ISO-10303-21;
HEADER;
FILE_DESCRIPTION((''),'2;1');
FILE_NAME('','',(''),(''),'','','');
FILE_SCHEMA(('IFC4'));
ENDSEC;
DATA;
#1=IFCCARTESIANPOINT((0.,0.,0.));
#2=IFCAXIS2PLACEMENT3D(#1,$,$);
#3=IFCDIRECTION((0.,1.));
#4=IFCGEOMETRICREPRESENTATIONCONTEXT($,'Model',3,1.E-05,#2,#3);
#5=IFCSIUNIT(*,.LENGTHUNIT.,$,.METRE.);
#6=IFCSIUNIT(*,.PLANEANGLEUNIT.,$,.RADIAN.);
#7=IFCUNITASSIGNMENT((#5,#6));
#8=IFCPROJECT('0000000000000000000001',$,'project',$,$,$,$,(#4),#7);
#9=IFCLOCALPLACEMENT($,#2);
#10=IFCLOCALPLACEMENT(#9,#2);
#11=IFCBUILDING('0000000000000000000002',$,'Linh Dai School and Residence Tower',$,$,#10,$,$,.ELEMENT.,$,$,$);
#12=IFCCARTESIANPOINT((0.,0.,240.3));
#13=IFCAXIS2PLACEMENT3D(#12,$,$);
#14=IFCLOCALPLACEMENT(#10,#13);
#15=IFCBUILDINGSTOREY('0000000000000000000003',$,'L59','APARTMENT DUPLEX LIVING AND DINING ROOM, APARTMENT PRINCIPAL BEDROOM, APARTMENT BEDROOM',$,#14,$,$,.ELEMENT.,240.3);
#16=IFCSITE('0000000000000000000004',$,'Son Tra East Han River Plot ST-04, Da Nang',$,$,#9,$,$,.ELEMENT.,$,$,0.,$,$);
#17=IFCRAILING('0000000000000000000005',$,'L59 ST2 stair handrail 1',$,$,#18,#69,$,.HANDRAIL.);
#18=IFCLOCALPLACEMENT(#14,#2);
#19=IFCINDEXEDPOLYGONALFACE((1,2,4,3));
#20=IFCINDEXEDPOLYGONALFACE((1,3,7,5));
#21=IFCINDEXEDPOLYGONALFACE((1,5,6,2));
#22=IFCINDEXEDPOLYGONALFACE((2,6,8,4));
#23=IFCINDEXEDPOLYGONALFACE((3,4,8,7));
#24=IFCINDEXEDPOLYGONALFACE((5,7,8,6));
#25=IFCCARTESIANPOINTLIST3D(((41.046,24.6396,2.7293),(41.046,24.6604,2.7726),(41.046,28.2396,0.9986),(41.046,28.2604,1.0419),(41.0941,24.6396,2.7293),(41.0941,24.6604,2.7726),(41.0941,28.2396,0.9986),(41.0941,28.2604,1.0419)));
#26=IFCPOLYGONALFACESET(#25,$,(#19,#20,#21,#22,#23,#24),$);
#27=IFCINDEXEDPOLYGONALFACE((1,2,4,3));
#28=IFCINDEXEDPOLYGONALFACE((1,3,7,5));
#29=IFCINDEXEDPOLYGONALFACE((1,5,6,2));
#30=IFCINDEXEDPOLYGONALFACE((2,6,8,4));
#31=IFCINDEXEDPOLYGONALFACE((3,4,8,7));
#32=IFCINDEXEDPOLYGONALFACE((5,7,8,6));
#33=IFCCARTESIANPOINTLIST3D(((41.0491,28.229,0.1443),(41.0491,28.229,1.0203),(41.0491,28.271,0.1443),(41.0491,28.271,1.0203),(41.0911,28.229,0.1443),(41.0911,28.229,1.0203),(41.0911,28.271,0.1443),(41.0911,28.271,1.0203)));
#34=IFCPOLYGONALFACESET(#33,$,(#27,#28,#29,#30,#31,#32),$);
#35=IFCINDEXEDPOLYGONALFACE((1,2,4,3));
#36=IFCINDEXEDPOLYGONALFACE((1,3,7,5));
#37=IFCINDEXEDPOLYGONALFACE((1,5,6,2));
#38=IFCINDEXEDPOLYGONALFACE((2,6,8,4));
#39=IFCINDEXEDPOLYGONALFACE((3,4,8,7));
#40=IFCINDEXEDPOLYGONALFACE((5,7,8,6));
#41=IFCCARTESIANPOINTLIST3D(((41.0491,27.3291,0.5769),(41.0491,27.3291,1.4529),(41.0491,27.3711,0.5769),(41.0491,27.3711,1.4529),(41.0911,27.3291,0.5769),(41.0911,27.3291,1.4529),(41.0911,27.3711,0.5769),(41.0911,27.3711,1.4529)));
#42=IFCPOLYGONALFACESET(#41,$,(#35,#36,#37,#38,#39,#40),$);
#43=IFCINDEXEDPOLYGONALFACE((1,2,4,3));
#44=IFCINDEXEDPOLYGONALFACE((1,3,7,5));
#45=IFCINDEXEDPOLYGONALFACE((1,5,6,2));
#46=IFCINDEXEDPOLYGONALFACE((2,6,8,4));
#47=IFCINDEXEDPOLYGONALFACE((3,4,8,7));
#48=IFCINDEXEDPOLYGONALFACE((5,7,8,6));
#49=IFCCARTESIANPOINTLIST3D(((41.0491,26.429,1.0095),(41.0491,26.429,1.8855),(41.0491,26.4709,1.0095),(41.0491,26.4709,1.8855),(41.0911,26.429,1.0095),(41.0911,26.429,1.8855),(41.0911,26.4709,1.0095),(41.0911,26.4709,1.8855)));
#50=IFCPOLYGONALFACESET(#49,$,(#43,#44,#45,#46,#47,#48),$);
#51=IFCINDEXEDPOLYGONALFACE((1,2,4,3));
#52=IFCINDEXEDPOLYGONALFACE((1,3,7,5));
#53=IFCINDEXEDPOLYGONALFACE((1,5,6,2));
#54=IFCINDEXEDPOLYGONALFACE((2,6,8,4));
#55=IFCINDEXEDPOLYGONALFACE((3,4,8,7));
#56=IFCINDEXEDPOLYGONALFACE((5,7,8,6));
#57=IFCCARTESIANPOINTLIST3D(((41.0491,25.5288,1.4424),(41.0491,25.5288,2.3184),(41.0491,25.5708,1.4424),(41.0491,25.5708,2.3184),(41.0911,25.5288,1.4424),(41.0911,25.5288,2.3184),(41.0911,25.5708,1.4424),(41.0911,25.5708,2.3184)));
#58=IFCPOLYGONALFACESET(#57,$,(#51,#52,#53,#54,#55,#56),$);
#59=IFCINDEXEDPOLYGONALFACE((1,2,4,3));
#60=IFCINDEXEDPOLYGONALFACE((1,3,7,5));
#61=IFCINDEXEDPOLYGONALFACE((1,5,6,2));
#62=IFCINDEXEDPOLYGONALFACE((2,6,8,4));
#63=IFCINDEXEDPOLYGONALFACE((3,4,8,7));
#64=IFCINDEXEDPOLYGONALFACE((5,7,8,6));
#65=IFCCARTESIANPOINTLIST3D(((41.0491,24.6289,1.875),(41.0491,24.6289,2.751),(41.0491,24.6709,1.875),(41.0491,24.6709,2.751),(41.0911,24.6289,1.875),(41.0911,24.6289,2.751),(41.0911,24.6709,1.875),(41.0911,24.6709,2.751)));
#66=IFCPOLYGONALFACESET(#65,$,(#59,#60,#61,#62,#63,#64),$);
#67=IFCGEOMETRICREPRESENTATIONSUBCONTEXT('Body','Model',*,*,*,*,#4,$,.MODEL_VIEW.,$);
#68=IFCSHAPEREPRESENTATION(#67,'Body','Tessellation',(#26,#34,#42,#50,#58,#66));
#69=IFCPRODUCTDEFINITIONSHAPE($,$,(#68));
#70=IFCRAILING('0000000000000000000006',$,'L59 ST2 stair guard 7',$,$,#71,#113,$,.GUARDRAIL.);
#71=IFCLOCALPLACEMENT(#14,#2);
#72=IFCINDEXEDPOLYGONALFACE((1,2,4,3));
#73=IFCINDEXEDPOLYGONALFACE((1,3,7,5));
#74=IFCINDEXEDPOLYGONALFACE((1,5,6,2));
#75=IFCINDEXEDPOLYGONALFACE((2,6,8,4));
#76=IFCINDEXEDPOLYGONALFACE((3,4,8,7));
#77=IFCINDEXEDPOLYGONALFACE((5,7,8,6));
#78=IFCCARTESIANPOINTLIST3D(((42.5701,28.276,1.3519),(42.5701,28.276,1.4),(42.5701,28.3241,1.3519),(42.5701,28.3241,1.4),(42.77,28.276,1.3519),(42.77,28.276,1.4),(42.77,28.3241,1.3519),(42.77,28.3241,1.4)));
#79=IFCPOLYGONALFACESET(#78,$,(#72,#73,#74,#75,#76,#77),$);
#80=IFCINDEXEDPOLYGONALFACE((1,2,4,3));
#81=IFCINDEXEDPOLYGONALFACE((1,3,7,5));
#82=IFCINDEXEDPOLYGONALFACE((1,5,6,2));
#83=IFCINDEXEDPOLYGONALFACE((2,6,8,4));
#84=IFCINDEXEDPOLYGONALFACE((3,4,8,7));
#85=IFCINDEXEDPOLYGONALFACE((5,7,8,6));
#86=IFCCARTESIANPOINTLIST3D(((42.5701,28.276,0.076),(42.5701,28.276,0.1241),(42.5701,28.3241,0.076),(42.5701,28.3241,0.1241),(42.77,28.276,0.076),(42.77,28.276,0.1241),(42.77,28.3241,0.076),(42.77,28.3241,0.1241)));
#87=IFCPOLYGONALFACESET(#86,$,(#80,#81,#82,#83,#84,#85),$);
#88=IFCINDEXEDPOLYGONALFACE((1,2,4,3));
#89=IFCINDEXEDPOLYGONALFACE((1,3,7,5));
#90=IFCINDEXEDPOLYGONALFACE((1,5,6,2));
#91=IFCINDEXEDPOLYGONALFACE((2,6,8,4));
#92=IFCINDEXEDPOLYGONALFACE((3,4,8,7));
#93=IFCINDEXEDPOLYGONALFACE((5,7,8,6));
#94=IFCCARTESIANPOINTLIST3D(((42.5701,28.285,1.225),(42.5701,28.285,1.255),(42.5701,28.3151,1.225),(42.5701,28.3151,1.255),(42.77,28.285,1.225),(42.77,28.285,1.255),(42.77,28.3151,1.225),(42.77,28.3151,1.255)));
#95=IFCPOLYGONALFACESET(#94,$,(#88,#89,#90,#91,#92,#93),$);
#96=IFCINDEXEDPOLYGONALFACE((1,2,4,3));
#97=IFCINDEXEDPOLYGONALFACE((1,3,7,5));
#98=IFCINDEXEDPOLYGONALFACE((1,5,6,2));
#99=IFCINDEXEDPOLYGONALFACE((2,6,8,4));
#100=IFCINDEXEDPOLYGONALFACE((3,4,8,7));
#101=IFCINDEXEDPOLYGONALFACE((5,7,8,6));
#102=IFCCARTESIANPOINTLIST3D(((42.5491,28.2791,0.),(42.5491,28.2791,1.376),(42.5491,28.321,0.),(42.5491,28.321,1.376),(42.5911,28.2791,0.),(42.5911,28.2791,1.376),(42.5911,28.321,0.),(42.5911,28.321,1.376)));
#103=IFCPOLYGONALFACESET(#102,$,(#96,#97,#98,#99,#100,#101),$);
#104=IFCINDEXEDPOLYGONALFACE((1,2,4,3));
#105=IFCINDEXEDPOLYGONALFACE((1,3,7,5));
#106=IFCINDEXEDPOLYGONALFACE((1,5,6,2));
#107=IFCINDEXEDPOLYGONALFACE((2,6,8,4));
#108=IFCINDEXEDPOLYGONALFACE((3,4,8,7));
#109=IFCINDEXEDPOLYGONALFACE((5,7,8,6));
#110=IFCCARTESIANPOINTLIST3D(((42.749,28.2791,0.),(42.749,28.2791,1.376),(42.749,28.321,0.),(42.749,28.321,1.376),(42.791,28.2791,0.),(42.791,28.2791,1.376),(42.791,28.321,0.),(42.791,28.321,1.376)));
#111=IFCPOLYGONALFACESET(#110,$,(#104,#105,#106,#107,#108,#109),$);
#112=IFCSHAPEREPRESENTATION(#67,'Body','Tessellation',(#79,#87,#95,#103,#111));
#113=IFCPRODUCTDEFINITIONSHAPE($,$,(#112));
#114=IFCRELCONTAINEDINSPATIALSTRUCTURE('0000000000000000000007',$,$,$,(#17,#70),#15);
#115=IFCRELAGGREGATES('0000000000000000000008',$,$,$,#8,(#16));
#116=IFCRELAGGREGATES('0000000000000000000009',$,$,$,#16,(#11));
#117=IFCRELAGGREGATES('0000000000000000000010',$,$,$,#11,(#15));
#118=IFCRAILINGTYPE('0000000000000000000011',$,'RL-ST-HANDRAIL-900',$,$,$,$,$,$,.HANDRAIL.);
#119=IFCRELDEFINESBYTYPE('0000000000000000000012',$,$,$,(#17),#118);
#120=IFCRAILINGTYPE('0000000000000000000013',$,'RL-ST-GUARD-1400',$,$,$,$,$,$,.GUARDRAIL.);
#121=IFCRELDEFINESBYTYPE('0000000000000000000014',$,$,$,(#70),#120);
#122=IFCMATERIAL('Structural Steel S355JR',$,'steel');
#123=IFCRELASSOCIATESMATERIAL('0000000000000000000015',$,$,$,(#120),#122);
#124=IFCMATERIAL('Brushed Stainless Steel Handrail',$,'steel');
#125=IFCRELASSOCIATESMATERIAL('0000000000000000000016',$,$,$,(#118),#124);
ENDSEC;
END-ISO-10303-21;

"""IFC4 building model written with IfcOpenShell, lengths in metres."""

from ifc_helpers import new_model, si_unit, direction, frame, origin, origin_2d, place, context, subcontext, project, spatial, rectangle, extrude, source, transform, mapped, material, type_object, element, save


model = new_model("IFC4")

# Units and contexts
model_context = context("Model", 3, precision=1e-05, world=origin(), true_north=direction((0.0, 1.0)))
body_context = subcontext(model_context, "Body", "Model", "MODEL_VIEW")
ifc_project = project(units=[si_unit("LENGTHUNIT", "METRE"), si_unit("PLANEANGLEUNIT", "RADIAN")], contexts=[model_context])

# Site, building, storey
site_placement = place(None, origin())
site = spatial("IfcSite", under=ifc_project, at=site_placement, Name="Son Tra East Han River Plot ST-04, Da Nang", CompositionType="ELEMENT", RefElevation=0.0)
building_placement = place(site_placement, origin())
building = spatial("IfcBuilding", under=site, at=building_placement, Name="Linh Dai School and Residence Tower", CompositionType="ELEMENT")
storey_placement = place(building_placement, frame((0.0, 0.0, 240.3)))
storey = spatial("IfcBuildingStorey", under=building, at=storey_placement, Name="L59", Description="APARTMENT DUPLEX LIVING AND DINING ROOM, APARTMENT PRINCIPAL BEDROOM, APARTMENT BEDROOM", CompositionType="ELEMENT", Elevation=240.3)

# Shared definitions
ifc_material_1 = material(Name="Structural Steel S355JR", Category="steel")

# Railings
railing_type_1 = type_object("IfcRailingType", Name="RL-ST-GUARD-1400", PredefinedType="GUARDRAIL", material=ifc_material_1)
ifc_material_2 = material(Name="Brushed Stainless Steel Handrail", Category="steel")
railing_type_2 = type_object("IfcRailingType", Name="RL-ST-HANDRAIL-900", PredefinedType="HANDRAIL", material=ifc_material_2)
shared_shape_1 = source(origin(), body_context, "Body", "SweptSolid", [
    extrude(rectangle(XDim=0.0481, YDim=0.0481, at=origin_2d()), frame((0.0, 0.0, 0.876), z_axis=(0.0, -0.901263, 0.433273), x_axis=(1.0, 0.0, 0.0)), (0.0, 0.0, 1.0), 3.9944),
    extrude(rectangle(XDim=0.042, YDim=0.042, at=origin_2d()), origin(), (0.0, 0.0, 1.0), 0.876),
    extrude(rectangle(XDim=0.042, YDim=0.042, at=origin_2d()), frame((0.0, -0.8999, 0.4326)), (0.0, 0.0, 1.0), 0.876),
    extrude(rectangle(XDim=0.042, YDim=0.042, at=origin_2d()), frame((0.0, -1.8, 0.8652)), (0.0, 0.0, 1.0), 0.876),
    extrude(rectangle(XDim=0.042, YDim=0.042, at=origin_2d()), frame((0.0, -2.7002, 1.2981)), (0.0, 0.0, 1.0), 0.876),
    extrude(rectangle(XDim=0.042, YDim=0.042, at=origin_2d()), frame((0.0, -3.6001, 1.7307)), (0.0, 0.0, 1.0), 0.876),
])
railing_1_placement = place(storey_placement, frame((41.0701, 28.25, 0.1443)))
element("IfcRailing", 1, at=railing_1_placement, inside=storey, type_object=railing_type_2, Name="L59 ST2 stair handrail 1", PredefinedType="HANDRAIL", context=body_context, shape_type="MappedRepresentation", body=[
    mapped(shared_shape_1, transform((0.0, 0.0, 0.0), x_axis=(1.0, 0.0, 0.0), y_axis=(0.0, 1.0, 0.0), z_axis=(0.0, 0.0, 1.0), scale=1.0)),
])
shared_shape_2 = source(origin(), body_context, "Body", "SweptSolid", [
    extrude(rectangle(XDim=0.0481, YDim=0.0481, at=origin_2d()), frame((0.0, 0.0, 1.376), z_axis=(1.0, 0.0, 0.0), x_axis=(0.0, 1.0, 0.0)), (0.0, 0.0, 1.0), 0.2),
    extrude(rectangle(XDim=0.0481, YDim=0.0481, at=origin_2d()), frame((0.0, 0.0, 0.1001), z_axis=(1.0, 0.0, 0.0), x_axis=(0.0, 1.0, 0.0)), (0.0, 0.0, 1.0), 0.2),
    extrude(rectangle(XDim=0.03, YDim=0.03, at=origin_2d()), frame((0.0, 0.0, 1.24), z_axis=(1.0, 0.0, 0.0), x_axis=(0.0, 1.0, 0.0)), (0.0, 0.0, 1.0), 0.2),
    extrude(rectangle(XDim=0.042, YDim=0.042, at=origin_2d()), origin(), (0.0, 0.0, 1.0), 1.376),
    extrude(rectangle(XDim=0.042, YDim=0.042, at=origin_2d()), frame((0.2, 0.0, 0.0)), (0.0, 0.0, 1.0), 1.376),
])
railing_2_placement = place(storey_placement, frame((42.5701, 28.3, 0.0)))
element("IfcRailing", 2, at=railing_2_placement, inside=storey, type_object=railing_type_1, Name="L59 ST2 stair guard 7", PredefinedType="GUARDRAIL", context=body_context, shape_type="MappedRepresentation", body=[
    mapped(shared_shape_2, transform((0.0, 0.0, 0.0), x_axis=(1.0, 0.0, 0.0), y_axis=(0.0, 1.0, 0.0), z_axis=(0.0, 0.0, 1.0), scale=1.0)),
])

save(model, "model.ifc")
